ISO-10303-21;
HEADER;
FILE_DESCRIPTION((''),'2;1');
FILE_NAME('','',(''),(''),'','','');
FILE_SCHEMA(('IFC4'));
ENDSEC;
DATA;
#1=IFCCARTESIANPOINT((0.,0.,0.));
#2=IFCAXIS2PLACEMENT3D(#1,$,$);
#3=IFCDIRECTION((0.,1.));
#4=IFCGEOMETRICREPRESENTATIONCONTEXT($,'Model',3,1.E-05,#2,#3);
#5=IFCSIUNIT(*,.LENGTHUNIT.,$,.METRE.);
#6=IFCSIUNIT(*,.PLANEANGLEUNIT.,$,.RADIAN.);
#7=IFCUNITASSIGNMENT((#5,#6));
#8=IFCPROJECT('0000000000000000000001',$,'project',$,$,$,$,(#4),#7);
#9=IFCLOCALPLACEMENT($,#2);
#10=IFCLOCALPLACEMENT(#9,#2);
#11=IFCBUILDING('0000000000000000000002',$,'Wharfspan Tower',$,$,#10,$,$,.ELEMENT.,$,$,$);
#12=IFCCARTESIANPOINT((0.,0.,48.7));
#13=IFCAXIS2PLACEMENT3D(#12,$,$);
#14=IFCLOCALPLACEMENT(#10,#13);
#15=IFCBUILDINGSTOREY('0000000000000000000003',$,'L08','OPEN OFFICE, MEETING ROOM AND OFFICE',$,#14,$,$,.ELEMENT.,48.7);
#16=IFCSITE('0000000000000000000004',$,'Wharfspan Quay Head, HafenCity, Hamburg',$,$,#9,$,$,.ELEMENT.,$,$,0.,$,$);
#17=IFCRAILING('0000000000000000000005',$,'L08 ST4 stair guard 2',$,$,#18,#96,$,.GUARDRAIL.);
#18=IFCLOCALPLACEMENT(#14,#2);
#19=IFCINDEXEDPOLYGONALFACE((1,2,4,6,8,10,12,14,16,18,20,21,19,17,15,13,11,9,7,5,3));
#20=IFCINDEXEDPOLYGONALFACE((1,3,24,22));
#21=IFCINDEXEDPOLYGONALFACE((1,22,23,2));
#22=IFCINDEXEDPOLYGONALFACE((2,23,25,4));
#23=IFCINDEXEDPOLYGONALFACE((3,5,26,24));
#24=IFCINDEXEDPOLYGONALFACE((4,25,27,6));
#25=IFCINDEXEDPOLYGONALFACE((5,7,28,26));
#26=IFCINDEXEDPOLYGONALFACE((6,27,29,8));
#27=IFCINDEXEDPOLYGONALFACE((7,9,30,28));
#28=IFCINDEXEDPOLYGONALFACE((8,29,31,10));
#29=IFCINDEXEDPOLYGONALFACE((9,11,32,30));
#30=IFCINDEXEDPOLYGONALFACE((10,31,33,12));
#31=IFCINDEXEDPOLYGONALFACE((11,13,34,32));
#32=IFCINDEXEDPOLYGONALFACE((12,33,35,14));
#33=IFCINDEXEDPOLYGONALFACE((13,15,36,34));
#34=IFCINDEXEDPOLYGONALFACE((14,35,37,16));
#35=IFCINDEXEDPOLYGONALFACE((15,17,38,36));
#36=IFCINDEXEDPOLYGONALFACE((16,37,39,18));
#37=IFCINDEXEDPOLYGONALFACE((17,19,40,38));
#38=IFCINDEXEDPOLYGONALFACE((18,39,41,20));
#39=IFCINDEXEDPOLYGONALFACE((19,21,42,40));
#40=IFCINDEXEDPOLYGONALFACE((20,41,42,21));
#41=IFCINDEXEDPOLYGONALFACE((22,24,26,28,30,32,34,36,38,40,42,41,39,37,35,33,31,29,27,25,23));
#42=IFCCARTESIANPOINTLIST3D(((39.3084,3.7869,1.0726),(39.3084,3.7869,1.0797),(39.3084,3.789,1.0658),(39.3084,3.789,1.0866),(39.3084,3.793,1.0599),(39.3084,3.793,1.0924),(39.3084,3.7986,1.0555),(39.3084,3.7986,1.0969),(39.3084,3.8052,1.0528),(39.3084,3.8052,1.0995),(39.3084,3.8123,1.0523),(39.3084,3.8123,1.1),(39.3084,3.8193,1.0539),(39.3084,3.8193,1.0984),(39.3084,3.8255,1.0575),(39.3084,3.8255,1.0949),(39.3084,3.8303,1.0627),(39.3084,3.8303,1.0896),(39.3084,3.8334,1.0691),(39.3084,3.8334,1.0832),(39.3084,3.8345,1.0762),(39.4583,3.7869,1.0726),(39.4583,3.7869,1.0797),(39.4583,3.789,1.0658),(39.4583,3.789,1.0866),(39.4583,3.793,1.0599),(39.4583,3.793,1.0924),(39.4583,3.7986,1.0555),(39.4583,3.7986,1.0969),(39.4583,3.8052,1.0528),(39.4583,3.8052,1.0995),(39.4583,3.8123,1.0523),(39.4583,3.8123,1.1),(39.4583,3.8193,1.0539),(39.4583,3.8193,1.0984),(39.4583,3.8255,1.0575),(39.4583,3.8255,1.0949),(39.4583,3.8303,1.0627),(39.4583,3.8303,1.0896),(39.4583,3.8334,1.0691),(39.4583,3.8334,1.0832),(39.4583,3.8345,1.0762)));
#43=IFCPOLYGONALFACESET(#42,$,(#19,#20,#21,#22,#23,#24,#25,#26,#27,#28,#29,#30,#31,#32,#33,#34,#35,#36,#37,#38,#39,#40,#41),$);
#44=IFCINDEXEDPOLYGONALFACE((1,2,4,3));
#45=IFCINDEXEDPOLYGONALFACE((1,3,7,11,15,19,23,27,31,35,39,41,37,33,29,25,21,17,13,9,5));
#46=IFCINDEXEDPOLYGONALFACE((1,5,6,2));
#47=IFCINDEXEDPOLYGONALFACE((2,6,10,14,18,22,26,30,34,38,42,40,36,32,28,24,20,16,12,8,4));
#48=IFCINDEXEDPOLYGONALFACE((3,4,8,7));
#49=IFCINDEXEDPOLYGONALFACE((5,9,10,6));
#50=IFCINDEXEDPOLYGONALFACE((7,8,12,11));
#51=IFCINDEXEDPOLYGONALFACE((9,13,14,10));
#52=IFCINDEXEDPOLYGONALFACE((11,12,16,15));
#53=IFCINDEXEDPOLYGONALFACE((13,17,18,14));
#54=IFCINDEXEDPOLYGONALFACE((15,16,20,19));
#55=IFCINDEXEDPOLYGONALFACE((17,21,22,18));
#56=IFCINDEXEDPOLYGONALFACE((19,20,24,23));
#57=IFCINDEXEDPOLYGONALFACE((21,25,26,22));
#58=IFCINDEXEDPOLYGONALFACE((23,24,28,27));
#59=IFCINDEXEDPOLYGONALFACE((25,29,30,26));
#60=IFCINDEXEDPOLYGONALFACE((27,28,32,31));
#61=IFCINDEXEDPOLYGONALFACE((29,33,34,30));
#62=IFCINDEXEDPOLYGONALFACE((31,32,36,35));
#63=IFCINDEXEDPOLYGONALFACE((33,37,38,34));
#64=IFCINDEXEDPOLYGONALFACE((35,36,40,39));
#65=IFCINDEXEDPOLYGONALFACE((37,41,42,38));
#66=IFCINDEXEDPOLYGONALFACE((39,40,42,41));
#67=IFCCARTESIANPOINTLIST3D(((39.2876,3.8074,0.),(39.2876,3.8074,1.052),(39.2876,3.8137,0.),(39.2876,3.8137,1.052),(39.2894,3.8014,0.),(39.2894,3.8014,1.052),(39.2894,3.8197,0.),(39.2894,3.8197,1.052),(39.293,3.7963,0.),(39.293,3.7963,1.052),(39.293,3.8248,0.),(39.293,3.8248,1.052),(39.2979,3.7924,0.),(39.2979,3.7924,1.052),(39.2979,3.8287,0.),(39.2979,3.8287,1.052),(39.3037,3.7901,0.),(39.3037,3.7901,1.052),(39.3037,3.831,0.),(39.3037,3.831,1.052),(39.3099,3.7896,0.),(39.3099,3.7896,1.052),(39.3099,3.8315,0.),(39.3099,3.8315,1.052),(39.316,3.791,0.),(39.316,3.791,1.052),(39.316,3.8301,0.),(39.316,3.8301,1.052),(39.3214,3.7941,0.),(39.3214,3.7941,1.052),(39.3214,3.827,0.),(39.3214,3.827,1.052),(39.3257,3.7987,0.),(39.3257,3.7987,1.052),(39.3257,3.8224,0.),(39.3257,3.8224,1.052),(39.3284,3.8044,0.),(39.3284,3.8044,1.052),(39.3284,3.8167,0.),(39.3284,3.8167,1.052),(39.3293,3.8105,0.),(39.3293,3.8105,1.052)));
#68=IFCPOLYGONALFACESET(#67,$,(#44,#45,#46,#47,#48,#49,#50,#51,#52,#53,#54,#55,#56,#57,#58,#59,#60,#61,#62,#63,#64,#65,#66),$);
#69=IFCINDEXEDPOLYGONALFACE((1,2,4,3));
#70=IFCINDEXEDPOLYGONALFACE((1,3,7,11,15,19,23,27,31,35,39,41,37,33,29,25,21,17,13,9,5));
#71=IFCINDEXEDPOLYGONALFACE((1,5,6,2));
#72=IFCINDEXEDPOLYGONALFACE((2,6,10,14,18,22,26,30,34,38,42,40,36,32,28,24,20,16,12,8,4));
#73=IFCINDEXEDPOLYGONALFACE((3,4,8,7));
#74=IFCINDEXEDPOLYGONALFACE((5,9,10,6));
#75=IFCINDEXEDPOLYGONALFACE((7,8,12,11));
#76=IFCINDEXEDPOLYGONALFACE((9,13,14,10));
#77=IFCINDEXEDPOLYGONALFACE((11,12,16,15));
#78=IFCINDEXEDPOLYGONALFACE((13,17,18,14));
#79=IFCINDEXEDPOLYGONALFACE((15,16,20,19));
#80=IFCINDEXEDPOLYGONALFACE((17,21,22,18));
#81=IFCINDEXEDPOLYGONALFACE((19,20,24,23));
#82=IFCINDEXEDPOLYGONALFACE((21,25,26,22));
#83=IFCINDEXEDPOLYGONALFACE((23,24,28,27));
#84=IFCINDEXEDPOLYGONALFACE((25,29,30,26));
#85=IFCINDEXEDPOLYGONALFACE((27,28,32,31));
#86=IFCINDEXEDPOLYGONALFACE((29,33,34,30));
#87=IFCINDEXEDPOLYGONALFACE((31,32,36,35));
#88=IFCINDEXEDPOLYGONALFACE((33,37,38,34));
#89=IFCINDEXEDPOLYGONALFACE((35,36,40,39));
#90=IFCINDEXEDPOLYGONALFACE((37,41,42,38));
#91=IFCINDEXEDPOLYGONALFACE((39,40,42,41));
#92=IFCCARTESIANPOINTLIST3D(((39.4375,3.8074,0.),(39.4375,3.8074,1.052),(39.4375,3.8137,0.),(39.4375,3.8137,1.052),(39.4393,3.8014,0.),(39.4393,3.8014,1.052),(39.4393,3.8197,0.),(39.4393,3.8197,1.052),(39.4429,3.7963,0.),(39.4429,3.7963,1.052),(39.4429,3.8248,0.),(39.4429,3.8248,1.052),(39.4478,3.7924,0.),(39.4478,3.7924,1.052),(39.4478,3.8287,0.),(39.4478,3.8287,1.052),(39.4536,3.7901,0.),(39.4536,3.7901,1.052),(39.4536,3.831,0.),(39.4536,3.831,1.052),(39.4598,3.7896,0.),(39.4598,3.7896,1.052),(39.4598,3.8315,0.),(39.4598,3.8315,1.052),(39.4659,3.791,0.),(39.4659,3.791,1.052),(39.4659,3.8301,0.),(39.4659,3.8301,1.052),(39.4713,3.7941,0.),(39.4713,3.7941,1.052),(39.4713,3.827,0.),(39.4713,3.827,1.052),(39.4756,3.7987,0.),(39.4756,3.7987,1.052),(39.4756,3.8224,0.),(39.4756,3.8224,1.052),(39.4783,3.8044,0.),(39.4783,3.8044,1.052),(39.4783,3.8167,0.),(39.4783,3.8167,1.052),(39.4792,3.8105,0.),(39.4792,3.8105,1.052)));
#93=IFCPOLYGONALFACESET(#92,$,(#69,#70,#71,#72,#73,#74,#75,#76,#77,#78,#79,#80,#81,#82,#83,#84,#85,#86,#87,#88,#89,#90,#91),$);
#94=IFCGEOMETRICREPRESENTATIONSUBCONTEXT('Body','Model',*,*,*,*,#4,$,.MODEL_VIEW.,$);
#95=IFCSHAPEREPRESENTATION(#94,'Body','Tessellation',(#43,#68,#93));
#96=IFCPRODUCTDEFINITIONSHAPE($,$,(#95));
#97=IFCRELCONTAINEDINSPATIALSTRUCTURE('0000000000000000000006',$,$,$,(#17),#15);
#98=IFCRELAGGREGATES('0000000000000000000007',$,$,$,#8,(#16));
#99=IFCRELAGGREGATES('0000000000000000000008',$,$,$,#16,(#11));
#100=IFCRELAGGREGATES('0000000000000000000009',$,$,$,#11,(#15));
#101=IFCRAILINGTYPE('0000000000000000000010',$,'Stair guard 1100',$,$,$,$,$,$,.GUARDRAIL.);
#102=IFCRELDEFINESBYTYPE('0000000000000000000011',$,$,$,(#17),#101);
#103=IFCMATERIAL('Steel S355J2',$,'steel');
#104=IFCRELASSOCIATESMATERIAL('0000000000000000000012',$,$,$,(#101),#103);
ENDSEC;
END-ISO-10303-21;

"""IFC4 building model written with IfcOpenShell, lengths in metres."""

from ifc_helpers import new_model, si_unit, direction, frame, origin, origin_2d, place, context, subcontext, project, spatial, circle, extrude, material, type_object, element, save


model = new_model("IFC4")

# Units and contexts
model_context = context("Model", 3, precision=1e-05, world=origin(), true_north=direction((0.0, 1.0)))
body_context = subcontext(model_context, "Body", "Model", "MODEL_VIEW")
ifc_project = project(units=[si_unit("LENGTHUNIT", "METRE"), si_unit("PLANEANGLEUNIT", "RADIAN")], contexts=[model_context])

# Site, building, storey
site_placement = place(None, origin())
site = spatial("IfcSite", under=ifc_project, at=site_placement, Name="Wharfspan Quay Head, HafenCity, Hamburg", CompositionType="ELEMENT", RefElevation=0.0)
building_placement = place(site_placement, origin())
building = spatial("IfcBuilding", under=site, at=building_placement, Name="Wharfspan Tower", CompositionType="ELEMENT")
storey_placement = place(building_placement, frame((0.0, 0.0, 48.7)))
storey = spatial("IfcBuildingStorey", under=building, at=storey_placement, Name="L08", Description="OPEN OFFICE, MEETING ROOM AND OFFICE", CompositionType="ELEMENT", Elevation=48.7)

# Shared definitions
ifc_material_1 = material(Name="Steel S355J2", Category="steel")

# Railing
railing_type_1 = type_object("IfcRailingType", Name="Stair guard 1100", PredefinedType="GUARDRAIL", material=ifc_material_1)
railing_1_placement = place(storey_placement, frame((39.3083, 3.8105, 0.0)))
element("IfcRailing", 1, at=railing_1_placement, inside=storey, type_object=railing_type_1, Name="L08 ST4 stair guard 2", PredefinedType="GUARDRAIL", context=body_context, shape_type="SweptSolid", body=[
    extrude(circle(Radius=0.0239, at=origin_2d()), frame((0.0, 0.0, 1.0762), z_axis=(1.0, 0.0, 0.0), x_axis=(0.0, 1.0, 0.0)), (0.0, 0.0, 1.0), 0.1499),
    extrude(circle(Radius=0.021, at=origin_2d()), origin(), (0.0, 0.0, 1.0), 1.052),
    extrude(circle(Radius=0.021, at=origin_2d()), frame((0.1499, 0.0, 0.0)), (0.0, 0.0, 1.0), 1.052),
])

save(model, "model.ifc")
